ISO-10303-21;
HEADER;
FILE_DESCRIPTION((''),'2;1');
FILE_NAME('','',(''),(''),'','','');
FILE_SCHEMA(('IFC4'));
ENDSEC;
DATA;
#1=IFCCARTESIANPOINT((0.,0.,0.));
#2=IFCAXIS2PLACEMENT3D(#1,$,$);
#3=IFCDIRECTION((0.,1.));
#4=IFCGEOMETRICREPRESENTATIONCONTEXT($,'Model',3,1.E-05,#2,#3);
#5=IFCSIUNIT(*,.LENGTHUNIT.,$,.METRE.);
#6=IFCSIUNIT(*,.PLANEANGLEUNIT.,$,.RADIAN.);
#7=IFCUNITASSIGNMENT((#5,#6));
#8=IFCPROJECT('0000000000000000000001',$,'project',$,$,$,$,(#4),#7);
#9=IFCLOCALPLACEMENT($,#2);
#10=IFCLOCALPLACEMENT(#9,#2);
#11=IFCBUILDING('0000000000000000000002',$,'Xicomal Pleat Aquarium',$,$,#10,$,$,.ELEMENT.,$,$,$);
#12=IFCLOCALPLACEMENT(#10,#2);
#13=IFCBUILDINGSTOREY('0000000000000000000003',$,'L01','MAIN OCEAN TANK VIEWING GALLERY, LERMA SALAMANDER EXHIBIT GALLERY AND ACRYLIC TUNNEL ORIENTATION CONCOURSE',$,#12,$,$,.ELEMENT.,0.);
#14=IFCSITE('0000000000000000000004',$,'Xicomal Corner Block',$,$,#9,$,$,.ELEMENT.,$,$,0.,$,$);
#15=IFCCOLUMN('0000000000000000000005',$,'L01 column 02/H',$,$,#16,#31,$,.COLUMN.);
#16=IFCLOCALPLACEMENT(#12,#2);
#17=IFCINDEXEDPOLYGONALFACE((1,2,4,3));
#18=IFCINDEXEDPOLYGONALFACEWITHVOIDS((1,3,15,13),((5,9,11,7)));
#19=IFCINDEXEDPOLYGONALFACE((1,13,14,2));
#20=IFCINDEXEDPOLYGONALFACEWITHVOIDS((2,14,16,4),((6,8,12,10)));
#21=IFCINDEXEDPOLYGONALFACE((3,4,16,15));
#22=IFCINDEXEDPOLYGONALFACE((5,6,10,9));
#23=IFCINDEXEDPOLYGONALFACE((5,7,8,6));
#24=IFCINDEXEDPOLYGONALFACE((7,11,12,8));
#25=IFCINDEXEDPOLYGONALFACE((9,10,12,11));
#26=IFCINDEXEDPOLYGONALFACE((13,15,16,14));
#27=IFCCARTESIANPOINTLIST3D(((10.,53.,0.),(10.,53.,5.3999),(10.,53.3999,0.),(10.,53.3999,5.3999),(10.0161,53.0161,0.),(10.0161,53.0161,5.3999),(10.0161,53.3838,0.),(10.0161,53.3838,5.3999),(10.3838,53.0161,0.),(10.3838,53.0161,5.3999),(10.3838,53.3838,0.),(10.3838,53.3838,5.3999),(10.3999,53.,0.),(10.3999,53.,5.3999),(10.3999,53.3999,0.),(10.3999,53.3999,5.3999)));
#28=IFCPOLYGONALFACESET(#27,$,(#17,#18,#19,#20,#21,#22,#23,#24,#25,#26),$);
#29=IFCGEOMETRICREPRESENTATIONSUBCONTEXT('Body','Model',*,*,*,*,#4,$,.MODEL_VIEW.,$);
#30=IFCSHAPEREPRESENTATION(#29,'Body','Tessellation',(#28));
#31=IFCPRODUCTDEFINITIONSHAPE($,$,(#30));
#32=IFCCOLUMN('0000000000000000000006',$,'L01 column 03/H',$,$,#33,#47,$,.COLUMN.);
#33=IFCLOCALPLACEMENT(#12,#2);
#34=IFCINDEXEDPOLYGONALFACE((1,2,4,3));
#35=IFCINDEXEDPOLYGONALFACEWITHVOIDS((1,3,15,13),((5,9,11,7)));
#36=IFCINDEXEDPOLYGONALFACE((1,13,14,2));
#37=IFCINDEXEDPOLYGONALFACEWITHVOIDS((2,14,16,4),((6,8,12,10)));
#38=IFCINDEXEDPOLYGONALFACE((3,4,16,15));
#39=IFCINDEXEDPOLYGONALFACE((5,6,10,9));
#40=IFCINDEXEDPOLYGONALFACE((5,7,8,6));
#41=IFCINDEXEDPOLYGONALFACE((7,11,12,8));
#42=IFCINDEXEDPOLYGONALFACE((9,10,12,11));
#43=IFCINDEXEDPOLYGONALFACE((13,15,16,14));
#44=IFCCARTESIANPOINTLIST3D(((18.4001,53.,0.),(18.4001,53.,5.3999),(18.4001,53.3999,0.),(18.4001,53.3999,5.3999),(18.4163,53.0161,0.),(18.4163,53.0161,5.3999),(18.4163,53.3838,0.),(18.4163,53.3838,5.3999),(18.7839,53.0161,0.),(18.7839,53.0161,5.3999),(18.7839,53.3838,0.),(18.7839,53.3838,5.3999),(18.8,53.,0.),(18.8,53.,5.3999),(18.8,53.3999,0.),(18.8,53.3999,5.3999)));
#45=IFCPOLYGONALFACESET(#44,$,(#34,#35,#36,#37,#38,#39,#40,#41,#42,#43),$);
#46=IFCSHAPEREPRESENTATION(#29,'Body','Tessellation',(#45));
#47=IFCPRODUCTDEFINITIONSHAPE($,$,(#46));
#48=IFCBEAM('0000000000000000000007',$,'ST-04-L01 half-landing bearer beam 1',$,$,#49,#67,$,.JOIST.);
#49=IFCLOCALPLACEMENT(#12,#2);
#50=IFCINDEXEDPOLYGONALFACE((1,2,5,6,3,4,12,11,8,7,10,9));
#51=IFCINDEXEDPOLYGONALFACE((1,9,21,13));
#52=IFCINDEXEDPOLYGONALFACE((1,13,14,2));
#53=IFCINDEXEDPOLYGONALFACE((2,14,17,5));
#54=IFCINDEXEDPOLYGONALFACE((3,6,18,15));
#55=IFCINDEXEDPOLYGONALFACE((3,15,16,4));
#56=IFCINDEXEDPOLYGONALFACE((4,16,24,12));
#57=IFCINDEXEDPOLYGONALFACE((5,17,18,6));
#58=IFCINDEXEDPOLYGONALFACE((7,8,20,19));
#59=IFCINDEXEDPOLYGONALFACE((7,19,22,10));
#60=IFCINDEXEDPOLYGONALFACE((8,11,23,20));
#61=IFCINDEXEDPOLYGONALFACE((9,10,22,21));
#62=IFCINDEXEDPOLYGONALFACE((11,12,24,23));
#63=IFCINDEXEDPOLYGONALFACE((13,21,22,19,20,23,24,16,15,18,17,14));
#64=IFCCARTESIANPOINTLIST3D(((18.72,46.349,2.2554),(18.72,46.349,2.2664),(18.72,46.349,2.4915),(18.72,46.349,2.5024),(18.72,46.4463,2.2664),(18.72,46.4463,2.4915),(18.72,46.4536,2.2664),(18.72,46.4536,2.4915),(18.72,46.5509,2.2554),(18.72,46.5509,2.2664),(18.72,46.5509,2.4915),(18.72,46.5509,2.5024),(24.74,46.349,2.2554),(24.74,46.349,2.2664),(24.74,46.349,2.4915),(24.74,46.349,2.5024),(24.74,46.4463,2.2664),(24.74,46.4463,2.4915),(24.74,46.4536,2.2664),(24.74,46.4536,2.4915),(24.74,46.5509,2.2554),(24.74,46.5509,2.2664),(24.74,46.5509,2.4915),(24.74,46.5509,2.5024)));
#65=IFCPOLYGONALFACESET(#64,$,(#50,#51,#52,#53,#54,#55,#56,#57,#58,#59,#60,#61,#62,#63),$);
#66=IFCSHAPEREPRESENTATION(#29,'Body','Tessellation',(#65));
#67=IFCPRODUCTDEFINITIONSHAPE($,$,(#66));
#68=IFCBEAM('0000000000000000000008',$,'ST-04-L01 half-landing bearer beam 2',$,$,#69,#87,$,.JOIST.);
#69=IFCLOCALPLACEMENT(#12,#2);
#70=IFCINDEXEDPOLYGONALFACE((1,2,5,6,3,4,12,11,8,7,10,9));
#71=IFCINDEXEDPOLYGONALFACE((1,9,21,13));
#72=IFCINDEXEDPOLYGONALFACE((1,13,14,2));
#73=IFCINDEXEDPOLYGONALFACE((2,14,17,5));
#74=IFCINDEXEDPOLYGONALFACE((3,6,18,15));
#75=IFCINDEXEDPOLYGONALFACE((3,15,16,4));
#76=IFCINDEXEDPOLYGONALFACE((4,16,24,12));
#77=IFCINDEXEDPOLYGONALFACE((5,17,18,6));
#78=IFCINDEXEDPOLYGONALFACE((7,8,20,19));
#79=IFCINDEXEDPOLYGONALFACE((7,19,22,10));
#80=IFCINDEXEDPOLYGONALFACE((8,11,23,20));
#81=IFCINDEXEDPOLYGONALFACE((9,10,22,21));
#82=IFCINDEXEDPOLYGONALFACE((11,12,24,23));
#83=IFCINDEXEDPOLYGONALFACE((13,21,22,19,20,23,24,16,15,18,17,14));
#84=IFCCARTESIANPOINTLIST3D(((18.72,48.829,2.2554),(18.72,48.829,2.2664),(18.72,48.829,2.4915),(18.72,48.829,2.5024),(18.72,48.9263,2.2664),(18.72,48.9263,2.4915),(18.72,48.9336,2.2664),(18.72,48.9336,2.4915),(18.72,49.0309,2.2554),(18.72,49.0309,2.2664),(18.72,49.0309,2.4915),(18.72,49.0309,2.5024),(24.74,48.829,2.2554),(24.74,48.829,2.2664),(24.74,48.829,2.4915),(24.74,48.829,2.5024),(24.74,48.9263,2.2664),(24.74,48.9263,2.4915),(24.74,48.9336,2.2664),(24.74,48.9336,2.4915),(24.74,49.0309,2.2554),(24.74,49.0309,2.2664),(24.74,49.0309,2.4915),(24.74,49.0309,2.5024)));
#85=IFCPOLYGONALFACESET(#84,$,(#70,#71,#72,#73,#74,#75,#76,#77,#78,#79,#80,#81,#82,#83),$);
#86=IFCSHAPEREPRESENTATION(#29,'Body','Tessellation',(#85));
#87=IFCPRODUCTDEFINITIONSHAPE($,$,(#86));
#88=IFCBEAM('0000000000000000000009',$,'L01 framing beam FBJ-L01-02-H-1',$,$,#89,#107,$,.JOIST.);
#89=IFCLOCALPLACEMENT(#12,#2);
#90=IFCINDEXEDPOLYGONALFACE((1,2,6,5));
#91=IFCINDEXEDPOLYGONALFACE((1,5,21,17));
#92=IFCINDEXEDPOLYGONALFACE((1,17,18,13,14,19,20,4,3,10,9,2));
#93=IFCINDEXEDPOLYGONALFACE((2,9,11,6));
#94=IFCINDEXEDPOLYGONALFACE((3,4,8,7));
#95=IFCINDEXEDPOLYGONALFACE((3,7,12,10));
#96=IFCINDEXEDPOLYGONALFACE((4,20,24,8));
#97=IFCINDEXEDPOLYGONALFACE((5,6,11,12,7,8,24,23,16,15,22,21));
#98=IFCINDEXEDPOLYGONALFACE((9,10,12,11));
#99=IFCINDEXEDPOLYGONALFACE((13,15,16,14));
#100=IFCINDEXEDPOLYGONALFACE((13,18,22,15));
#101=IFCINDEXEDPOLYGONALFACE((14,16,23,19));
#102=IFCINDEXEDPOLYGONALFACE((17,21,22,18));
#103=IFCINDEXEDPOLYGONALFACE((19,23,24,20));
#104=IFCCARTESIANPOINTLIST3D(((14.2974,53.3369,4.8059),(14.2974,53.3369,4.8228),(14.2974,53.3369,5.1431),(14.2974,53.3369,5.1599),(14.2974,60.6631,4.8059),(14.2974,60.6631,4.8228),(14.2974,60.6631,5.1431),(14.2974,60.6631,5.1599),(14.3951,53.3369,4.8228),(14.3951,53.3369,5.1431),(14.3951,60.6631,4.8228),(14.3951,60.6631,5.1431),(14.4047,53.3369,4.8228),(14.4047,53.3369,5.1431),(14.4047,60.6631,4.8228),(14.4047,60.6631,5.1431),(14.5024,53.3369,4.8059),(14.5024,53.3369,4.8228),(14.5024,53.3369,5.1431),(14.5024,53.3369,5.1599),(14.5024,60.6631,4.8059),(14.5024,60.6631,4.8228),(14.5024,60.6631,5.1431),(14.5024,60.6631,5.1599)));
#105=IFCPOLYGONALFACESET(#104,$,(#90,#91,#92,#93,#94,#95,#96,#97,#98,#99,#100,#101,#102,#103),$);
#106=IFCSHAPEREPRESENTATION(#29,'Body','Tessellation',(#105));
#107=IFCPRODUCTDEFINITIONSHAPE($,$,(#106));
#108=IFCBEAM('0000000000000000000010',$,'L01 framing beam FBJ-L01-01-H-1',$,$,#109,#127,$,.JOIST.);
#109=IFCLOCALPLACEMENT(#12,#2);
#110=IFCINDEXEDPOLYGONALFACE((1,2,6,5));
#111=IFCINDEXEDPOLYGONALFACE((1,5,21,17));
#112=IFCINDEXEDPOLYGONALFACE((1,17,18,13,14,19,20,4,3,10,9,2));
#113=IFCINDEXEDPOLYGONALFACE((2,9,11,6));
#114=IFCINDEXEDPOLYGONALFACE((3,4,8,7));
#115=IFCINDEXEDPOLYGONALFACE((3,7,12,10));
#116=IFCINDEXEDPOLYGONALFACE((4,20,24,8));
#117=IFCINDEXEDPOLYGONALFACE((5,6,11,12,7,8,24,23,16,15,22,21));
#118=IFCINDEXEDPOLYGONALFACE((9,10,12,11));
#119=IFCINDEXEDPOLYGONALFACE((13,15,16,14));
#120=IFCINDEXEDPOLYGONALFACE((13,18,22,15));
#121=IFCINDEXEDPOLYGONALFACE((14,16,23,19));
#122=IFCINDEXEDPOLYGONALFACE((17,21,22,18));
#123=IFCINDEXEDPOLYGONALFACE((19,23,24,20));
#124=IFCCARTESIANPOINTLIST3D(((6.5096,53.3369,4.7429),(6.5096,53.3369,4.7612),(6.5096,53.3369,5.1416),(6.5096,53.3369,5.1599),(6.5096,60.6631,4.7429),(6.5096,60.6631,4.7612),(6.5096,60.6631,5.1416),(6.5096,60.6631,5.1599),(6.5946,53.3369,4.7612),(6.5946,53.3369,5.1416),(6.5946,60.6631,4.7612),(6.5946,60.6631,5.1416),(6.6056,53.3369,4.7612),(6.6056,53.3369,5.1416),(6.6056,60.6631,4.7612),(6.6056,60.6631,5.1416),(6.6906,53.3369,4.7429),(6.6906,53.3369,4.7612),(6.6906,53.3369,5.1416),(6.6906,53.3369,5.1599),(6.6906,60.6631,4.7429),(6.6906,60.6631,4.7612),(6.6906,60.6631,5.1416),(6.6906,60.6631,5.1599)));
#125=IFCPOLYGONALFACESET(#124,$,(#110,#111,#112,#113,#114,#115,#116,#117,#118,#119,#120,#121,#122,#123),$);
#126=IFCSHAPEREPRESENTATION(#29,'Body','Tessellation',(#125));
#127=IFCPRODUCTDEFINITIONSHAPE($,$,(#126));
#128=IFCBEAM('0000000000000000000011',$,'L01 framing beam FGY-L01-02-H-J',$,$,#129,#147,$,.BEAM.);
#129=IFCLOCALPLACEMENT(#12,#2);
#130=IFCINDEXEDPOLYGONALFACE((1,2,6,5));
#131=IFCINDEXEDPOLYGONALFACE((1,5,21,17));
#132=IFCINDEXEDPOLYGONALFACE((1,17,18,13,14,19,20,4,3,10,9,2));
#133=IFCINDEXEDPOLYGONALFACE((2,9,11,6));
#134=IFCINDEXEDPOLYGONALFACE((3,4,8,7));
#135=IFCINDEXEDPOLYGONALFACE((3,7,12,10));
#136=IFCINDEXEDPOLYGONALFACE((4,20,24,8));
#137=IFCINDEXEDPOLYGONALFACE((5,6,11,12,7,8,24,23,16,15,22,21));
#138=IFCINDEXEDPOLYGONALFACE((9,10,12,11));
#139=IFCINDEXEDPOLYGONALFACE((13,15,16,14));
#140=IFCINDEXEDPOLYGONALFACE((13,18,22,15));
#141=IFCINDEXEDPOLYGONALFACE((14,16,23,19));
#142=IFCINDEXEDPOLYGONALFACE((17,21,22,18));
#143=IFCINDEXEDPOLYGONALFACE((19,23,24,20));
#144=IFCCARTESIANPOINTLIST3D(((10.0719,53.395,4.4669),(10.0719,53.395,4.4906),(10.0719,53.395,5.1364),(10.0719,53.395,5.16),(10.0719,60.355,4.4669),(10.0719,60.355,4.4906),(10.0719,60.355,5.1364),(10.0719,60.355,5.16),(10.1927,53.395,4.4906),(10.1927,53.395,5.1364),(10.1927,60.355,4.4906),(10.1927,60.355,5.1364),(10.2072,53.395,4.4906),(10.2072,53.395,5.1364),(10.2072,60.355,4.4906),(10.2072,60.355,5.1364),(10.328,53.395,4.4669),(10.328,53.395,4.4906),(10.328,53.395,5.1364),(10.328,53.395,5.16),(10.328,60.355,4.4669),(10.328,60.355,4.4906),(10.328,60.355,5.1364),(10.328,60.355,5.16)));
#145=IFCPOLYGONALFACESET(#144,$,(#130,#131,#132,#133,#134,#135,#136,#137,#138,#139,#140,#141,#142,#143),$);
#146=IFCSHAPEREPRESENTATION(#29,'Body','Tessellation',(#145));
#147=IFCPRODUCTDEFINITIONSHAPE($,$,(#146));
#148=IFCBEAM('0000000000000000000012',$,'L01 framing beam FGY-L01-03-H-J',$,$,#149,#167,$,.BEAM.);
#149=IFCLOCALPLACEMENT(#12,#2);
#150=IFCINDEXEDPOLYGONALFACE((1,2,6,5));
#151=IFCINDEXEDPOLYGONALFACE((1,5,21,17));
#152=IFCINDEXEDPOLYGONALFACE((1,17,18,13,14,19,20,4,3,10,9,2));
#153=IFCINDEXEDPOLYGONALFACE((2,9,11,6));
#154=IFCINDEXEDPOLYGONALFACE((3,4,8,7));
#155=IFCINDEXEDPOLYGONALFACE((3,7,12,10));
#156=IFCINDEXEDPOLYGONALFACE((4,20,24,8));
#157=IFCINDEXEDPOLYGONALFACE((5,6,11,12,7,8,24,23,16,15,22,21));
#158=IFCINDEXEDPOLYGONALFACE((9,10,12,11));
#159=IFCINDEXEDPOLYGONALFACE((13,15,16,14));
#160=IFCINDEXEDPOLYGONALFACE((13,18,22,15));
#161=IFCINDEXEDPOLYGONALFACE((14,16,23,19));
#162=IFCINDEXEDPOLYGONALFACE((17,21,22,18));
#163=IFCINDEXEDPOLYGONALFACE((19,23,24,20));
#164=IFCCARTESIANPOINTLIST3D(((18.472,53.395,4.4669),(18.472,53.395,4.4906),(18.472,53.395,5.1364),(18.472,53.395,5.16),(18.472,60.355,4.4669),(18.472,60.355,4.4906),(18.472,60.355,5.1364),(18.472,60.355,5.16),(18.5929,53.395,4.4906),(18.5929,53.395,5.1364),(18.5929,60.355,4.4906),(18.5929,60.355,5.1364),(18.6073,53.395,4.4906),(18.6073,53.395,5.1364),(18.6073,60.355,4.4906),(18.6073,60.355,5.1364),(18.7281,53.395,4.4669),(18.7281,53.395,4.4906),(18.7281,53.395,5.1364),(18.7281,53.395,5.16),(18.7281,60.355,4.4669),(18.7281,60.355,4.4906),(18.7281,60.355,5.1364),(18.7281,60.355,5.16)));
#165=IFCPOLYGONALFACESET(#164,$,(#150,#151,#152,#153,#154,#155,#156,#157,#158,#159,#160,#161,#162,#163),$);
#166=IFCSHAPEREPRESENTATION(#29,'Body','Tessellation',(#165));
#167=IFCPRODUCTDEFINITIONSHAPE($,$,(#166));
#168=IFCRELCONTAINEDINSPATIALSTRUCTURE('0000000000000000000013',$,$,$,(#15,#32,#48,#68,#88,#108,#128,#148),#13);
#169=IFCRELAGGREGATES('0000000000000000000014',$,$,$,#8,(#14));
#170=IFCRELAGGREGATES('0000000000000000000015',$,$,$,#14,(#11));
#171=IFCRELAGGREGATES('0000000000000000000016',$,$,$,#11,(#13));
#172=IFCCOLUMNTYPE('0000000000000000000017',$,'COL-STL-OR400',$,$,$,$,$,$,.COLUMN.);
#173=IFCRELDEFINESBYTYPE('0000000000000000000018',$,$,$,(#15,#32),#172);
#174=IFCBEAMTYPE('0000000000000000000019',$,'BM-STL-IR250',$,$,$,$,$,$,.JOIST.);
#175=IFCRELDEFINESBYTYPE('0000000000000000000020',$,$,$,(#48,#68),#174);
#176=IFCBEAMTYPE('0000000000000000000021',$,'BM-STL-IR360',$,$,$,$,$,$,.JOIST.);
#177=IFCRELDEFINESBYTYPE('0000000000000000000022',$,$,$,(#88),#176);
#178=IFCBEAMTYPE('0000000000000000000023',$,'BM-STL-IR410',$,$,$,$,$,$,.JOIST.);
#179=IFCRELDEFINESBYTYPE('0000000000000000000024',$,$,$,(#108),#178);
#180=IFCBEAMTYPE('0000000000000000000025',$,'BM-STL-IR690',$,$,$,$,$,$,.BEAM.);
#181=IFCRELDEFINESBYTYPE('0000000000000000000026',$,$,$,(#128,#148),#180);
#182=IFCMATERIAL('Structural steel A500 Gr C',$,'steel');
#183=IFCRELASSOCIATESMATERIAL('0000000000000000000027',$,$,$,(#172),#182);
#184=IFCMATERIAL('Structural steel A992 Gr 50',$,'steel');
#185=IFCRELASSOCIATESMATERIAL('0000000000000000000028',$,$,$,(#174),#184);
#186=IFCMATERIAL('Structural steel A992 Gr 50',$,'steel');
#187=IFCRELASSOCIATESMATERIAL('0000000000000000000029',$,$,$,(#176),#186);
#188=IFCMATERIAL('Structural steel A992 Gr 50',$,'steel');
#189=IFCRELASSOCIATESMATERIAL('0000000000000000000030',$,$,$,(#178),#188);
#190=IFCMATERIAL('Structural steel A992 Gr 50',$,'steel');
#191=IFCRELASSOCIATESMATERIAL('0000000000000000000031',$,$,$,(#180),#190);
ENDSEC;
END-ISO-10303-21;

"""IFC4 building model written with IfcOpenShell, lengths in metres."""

from ifc_helpers import new_model, si_unit, direction, frame, origin, origin_2d, place, context, subcontext, project, spatial, hollow_rectangle, i_section, extrude, material, material_profile, profile_set, type_object, element, save


model = new_model("IFC4")

# Units and contexts
model_context = context("Model", 3, precision=1e-05, world=origin(), true_north=direction((0.0, 1.0)))
body_context = subcontext(model_context, "Body", "Model", "MODEL_VIEW")
ifc_project = project(units=[si_unit("LENGTHUNIT", "METRE"), si_unit("PLANEANGLEUNIT", "RADIAN")], contexts=[model_context])

# Site, building, storey
site_placement = place(None, origin())
site = spatial("IfcSite", under=ifc_project, at=site_placement, Name="Xicomal Corner Block", CompositionType="ELEMENT", RefElevation=0.0)
building_placement = place(site_placement, origin())
building = spatial("IfcBuilding", under=site, at=building_placement, Name="Xicomal Pleat Aquarium", CompositionType="ELEMENT")
storey_placement = place(building_placement, origin())
storey = spatial("IfcBuildingStorey", under=building, at=storey_placement, Name="L01", Description="MAIN OCEAN TANK VIEWING GALLERY, LERMA SALAMANDER EXHIBIT GALLERY AND ACRYLIC TUNNEL ORIENTATION CONCOURSE", CompositionType="ELEMENT", Elevation=0.0)

# Columns
ifc_material_1 = material(Name="Structural steel A500 Gr C", Category="steel")
ifc_material_profile_1 = material_profile(ifc_material_1, hollow_rectangle(XDim=0.3999, YDim=0.3999, WallThickness=0.0161, at=origin_2d()), Name="OR 400x400x16")
ifc_profile_set_1 = profile_set([ifc_material_profile_1], Name="Structural steel A500 Gr C")
column_type = type_object("IfcColumnType", Name="COL-STL-OR400", PredefinedType="COLUMN", material=ifc_profile_set_1)
for number, where, z_axis, x_axis, name in (
    (1, (10.2, 53.2, 0.0), (0.0, 0.0, 1.0), (1.0, 0.0, 0.0), "L01 column 02/H"),
    (2, (18.6001, 53.2, 0.0), (0.0, 0.0, 1.0), (1.0, 0.0, 0.0), "L01 column 03/H"),
):
    element("IfcColumn", number, at=place(storey_placement, frame(where, z_axis=z_axis, x_axis=x_axis)), inside=storey, type_object=column_type, Name=name, PredefinedType="COLUMN", context=body_context, shape_type="SweptSolid", body=[
        extrude(hollow_rectangle(XDim=0.3999, YDim=0.3999, WallThickness=0.0161, at=origin_2d()), origin(), (0.0, 0.0, 1.0), 5.3999),
    ])

# Beams
ifc_material_2 = material(Name="Structural steel A992 Gr 50", Category="steel")
ifc_material_profile_2 = material_profile(ifc_material_2, i_section(OverallWidth=0.2019, OverallDepth=0.2471, WebThickness=0.0073, FlangeThickness=0.011, at=origin_2d()), Name="IR 250x49")
ifc_profile_set_2 = profile_set([ifc_material_profile_2], Name="Structural steel A992 Gr 50")
beam_type_1 = type_object("IfcBeamType", Name="BM-STL-IR250", PredefinedType="JOIST", material=ifc_profile_set_2)
for number, where, z_axis, x_axis, name in (
    (3, (18.72, 46.45, 2.3789), (1.0, 0.0, 0.0), (0.0, 1.0, 0.0), "ST-04-L01 half-landing bearer beam 1"),
    (4, (18.72, 48.9299, 2.3789), (1.0, 0.0, 0.0), (0.0, 1.0, 0.0), "ST-04-L01 half-landing bearer beam 2"),
):
    element("IfcBeam", number, at=place(storey_placement, frame(where, z_axis=z_axis, x_axis=x_axis)), inside=storey, type_object=beam_type_1, Name=name, PredefinedType="JOIST", context=body_context, shape_type="SweptSolid", body=[
        extrude(i_section(OverallWidth=0.2019, OverallDepth=0.2471, WebThickness=0.0073, FlangeThickness=0.011, at=origin_2d()), origin(), (0.0, 0.0, 1.0), 6.02),
    ])
ifc_material_3 = material(Name="Structural steel A992 Gr 50", Category="steel")
ifc_material_profile_3 = material_profile(ifc_material_3, i_section(OverallWidth=0.2051, OverallDepth=0.354, WebThickness=0.0095, FlangeThickness=0.0168, at=origin_2d()), Name="IR 360x79")
ifc_profile_set_3 = profile_set([ifc_material_profile_3], Name="Structural steel A992 Gr 50")
beam_type_2 = type_object("IfcBeamType", Name="BM-STL-IR360", PredefinedType="JOIST", material=ifc_profile_set_3)
beam_1_placement = place(storey_placement, frame((14.3999, 53.3369, 4.9829), z_axis=(0.0, 1.0, 0.0), x_axis=(-1.0, 0.0, 0.0)))
element("IfcBeam", 5, at=beam_1_placement, inside=storey, type_object=beam_type_2, Name="L01 framing beam FBJ-L01-02-H-1", PredefinedType="JOIST", context=body_context, shape_type="SweptSolid", body=[
    extrude(i_section(OverallWidth=0.2051, OverallDepth=0.354, WebThickness=0.0095, FlangeThickness=0.0168, at=origin_2d()), origin(), (0.0, 0.0, 1.0), 7.3262),
])
ifc_material_4 = material(Name="Structural steel A992 Gr 50", Category="steel")
ifc_material_profile_4 = material_profile(ifc_material_4, i_section(OverallWidth=0.1809, OverallDepth=0.417, WebThickness=0.011, FlangeThickness=0.0183, at=origin_2d()), Name="IR 410x85")
ifc_profile_set_4 = profile_set([ifc_material_profile_4], Name="Structural steel A992 Gr 50")
beam_type_3 = type_object("IfcBeamType", Name="BM-STL-IR410", PredefinedType="JOIST", material=ifc_profile_set_4)
beam_2_placement = place(storey_placement, frame((6.6001, 53.3369, 4.9514), z_axis=(0.0, 1.0, 0.0), x_axis=(-1.0, 0.0, 0.0)))
element("IfcBeam", 6, at=beam_2_placement, inside=storey, type_object=beam_type_3, Name="L01 framing beam FBJ-L01-01-H-1", PredefinedType="JOIST", context=body_context, shape_type="SweptSolid", body=[
    extrude(i_section(OverallWidth=0.1809, OverallDepth=0.417, WebThickness=0.011, FlangeThickness=0.0183, at=origin_2d()), origin(), (0.0, 0.0, 1.0), 7.3262),
])
ifc_material_5 = material(Name="Structural steel A992 Gr 50", Category="steel")
ifc_material_profile_5 = material_profile(ifc_material_5, i_section(OverallWidth=0.2561, OverallDepth=0.6931, WebThickness=0.0144, FlangeThickness=0.0237, at=origin_2d()), Name="IR 690x170")
ifc_profile_set_5 = profile_set([ifc_material_profile_5], Name="Structural steel A992 Gr 50")
beam_type_4 = type_object("IfcBeamType", Name="BM-STL-IR690", PredefinedType="BEAM", material=ifc_profile_set_5)
for number, where, z_axis, x_axis, name in (
    (7, (10.2, 53.395, 4.8135), (0.0, 1.0, 0.0), (-1.0, 0.0, 0.0), "L01 framing beam FGY-L01-02-H-J"),
    (8, (18.6001, 53.395, 4.8135), (0.0, 1.0, 0.0), (-1.0, 0.0, 0.0), "L01 framing beam FGY-L01-03-H-J"),
):
    element("IfcBeam", number, at=place(storey_placement, frame(where, z_axis=z_axis, x_axis=x_axis)), inside=storey, type_object=beam_type_4, Name=name, PredefinedType="BEAM", context=body_context, shape_type="SweptSolid", body=[
        extrude(i_section(OverallWidth=0.2561, OverallDepth=0.6931, WebThickness=0.0144, FlangeThickness=0.0237, at=origin_2d()), origin(), (0.0, 0.0, 1.0), 6.96),
    ])

save(model, "model.ifc")
